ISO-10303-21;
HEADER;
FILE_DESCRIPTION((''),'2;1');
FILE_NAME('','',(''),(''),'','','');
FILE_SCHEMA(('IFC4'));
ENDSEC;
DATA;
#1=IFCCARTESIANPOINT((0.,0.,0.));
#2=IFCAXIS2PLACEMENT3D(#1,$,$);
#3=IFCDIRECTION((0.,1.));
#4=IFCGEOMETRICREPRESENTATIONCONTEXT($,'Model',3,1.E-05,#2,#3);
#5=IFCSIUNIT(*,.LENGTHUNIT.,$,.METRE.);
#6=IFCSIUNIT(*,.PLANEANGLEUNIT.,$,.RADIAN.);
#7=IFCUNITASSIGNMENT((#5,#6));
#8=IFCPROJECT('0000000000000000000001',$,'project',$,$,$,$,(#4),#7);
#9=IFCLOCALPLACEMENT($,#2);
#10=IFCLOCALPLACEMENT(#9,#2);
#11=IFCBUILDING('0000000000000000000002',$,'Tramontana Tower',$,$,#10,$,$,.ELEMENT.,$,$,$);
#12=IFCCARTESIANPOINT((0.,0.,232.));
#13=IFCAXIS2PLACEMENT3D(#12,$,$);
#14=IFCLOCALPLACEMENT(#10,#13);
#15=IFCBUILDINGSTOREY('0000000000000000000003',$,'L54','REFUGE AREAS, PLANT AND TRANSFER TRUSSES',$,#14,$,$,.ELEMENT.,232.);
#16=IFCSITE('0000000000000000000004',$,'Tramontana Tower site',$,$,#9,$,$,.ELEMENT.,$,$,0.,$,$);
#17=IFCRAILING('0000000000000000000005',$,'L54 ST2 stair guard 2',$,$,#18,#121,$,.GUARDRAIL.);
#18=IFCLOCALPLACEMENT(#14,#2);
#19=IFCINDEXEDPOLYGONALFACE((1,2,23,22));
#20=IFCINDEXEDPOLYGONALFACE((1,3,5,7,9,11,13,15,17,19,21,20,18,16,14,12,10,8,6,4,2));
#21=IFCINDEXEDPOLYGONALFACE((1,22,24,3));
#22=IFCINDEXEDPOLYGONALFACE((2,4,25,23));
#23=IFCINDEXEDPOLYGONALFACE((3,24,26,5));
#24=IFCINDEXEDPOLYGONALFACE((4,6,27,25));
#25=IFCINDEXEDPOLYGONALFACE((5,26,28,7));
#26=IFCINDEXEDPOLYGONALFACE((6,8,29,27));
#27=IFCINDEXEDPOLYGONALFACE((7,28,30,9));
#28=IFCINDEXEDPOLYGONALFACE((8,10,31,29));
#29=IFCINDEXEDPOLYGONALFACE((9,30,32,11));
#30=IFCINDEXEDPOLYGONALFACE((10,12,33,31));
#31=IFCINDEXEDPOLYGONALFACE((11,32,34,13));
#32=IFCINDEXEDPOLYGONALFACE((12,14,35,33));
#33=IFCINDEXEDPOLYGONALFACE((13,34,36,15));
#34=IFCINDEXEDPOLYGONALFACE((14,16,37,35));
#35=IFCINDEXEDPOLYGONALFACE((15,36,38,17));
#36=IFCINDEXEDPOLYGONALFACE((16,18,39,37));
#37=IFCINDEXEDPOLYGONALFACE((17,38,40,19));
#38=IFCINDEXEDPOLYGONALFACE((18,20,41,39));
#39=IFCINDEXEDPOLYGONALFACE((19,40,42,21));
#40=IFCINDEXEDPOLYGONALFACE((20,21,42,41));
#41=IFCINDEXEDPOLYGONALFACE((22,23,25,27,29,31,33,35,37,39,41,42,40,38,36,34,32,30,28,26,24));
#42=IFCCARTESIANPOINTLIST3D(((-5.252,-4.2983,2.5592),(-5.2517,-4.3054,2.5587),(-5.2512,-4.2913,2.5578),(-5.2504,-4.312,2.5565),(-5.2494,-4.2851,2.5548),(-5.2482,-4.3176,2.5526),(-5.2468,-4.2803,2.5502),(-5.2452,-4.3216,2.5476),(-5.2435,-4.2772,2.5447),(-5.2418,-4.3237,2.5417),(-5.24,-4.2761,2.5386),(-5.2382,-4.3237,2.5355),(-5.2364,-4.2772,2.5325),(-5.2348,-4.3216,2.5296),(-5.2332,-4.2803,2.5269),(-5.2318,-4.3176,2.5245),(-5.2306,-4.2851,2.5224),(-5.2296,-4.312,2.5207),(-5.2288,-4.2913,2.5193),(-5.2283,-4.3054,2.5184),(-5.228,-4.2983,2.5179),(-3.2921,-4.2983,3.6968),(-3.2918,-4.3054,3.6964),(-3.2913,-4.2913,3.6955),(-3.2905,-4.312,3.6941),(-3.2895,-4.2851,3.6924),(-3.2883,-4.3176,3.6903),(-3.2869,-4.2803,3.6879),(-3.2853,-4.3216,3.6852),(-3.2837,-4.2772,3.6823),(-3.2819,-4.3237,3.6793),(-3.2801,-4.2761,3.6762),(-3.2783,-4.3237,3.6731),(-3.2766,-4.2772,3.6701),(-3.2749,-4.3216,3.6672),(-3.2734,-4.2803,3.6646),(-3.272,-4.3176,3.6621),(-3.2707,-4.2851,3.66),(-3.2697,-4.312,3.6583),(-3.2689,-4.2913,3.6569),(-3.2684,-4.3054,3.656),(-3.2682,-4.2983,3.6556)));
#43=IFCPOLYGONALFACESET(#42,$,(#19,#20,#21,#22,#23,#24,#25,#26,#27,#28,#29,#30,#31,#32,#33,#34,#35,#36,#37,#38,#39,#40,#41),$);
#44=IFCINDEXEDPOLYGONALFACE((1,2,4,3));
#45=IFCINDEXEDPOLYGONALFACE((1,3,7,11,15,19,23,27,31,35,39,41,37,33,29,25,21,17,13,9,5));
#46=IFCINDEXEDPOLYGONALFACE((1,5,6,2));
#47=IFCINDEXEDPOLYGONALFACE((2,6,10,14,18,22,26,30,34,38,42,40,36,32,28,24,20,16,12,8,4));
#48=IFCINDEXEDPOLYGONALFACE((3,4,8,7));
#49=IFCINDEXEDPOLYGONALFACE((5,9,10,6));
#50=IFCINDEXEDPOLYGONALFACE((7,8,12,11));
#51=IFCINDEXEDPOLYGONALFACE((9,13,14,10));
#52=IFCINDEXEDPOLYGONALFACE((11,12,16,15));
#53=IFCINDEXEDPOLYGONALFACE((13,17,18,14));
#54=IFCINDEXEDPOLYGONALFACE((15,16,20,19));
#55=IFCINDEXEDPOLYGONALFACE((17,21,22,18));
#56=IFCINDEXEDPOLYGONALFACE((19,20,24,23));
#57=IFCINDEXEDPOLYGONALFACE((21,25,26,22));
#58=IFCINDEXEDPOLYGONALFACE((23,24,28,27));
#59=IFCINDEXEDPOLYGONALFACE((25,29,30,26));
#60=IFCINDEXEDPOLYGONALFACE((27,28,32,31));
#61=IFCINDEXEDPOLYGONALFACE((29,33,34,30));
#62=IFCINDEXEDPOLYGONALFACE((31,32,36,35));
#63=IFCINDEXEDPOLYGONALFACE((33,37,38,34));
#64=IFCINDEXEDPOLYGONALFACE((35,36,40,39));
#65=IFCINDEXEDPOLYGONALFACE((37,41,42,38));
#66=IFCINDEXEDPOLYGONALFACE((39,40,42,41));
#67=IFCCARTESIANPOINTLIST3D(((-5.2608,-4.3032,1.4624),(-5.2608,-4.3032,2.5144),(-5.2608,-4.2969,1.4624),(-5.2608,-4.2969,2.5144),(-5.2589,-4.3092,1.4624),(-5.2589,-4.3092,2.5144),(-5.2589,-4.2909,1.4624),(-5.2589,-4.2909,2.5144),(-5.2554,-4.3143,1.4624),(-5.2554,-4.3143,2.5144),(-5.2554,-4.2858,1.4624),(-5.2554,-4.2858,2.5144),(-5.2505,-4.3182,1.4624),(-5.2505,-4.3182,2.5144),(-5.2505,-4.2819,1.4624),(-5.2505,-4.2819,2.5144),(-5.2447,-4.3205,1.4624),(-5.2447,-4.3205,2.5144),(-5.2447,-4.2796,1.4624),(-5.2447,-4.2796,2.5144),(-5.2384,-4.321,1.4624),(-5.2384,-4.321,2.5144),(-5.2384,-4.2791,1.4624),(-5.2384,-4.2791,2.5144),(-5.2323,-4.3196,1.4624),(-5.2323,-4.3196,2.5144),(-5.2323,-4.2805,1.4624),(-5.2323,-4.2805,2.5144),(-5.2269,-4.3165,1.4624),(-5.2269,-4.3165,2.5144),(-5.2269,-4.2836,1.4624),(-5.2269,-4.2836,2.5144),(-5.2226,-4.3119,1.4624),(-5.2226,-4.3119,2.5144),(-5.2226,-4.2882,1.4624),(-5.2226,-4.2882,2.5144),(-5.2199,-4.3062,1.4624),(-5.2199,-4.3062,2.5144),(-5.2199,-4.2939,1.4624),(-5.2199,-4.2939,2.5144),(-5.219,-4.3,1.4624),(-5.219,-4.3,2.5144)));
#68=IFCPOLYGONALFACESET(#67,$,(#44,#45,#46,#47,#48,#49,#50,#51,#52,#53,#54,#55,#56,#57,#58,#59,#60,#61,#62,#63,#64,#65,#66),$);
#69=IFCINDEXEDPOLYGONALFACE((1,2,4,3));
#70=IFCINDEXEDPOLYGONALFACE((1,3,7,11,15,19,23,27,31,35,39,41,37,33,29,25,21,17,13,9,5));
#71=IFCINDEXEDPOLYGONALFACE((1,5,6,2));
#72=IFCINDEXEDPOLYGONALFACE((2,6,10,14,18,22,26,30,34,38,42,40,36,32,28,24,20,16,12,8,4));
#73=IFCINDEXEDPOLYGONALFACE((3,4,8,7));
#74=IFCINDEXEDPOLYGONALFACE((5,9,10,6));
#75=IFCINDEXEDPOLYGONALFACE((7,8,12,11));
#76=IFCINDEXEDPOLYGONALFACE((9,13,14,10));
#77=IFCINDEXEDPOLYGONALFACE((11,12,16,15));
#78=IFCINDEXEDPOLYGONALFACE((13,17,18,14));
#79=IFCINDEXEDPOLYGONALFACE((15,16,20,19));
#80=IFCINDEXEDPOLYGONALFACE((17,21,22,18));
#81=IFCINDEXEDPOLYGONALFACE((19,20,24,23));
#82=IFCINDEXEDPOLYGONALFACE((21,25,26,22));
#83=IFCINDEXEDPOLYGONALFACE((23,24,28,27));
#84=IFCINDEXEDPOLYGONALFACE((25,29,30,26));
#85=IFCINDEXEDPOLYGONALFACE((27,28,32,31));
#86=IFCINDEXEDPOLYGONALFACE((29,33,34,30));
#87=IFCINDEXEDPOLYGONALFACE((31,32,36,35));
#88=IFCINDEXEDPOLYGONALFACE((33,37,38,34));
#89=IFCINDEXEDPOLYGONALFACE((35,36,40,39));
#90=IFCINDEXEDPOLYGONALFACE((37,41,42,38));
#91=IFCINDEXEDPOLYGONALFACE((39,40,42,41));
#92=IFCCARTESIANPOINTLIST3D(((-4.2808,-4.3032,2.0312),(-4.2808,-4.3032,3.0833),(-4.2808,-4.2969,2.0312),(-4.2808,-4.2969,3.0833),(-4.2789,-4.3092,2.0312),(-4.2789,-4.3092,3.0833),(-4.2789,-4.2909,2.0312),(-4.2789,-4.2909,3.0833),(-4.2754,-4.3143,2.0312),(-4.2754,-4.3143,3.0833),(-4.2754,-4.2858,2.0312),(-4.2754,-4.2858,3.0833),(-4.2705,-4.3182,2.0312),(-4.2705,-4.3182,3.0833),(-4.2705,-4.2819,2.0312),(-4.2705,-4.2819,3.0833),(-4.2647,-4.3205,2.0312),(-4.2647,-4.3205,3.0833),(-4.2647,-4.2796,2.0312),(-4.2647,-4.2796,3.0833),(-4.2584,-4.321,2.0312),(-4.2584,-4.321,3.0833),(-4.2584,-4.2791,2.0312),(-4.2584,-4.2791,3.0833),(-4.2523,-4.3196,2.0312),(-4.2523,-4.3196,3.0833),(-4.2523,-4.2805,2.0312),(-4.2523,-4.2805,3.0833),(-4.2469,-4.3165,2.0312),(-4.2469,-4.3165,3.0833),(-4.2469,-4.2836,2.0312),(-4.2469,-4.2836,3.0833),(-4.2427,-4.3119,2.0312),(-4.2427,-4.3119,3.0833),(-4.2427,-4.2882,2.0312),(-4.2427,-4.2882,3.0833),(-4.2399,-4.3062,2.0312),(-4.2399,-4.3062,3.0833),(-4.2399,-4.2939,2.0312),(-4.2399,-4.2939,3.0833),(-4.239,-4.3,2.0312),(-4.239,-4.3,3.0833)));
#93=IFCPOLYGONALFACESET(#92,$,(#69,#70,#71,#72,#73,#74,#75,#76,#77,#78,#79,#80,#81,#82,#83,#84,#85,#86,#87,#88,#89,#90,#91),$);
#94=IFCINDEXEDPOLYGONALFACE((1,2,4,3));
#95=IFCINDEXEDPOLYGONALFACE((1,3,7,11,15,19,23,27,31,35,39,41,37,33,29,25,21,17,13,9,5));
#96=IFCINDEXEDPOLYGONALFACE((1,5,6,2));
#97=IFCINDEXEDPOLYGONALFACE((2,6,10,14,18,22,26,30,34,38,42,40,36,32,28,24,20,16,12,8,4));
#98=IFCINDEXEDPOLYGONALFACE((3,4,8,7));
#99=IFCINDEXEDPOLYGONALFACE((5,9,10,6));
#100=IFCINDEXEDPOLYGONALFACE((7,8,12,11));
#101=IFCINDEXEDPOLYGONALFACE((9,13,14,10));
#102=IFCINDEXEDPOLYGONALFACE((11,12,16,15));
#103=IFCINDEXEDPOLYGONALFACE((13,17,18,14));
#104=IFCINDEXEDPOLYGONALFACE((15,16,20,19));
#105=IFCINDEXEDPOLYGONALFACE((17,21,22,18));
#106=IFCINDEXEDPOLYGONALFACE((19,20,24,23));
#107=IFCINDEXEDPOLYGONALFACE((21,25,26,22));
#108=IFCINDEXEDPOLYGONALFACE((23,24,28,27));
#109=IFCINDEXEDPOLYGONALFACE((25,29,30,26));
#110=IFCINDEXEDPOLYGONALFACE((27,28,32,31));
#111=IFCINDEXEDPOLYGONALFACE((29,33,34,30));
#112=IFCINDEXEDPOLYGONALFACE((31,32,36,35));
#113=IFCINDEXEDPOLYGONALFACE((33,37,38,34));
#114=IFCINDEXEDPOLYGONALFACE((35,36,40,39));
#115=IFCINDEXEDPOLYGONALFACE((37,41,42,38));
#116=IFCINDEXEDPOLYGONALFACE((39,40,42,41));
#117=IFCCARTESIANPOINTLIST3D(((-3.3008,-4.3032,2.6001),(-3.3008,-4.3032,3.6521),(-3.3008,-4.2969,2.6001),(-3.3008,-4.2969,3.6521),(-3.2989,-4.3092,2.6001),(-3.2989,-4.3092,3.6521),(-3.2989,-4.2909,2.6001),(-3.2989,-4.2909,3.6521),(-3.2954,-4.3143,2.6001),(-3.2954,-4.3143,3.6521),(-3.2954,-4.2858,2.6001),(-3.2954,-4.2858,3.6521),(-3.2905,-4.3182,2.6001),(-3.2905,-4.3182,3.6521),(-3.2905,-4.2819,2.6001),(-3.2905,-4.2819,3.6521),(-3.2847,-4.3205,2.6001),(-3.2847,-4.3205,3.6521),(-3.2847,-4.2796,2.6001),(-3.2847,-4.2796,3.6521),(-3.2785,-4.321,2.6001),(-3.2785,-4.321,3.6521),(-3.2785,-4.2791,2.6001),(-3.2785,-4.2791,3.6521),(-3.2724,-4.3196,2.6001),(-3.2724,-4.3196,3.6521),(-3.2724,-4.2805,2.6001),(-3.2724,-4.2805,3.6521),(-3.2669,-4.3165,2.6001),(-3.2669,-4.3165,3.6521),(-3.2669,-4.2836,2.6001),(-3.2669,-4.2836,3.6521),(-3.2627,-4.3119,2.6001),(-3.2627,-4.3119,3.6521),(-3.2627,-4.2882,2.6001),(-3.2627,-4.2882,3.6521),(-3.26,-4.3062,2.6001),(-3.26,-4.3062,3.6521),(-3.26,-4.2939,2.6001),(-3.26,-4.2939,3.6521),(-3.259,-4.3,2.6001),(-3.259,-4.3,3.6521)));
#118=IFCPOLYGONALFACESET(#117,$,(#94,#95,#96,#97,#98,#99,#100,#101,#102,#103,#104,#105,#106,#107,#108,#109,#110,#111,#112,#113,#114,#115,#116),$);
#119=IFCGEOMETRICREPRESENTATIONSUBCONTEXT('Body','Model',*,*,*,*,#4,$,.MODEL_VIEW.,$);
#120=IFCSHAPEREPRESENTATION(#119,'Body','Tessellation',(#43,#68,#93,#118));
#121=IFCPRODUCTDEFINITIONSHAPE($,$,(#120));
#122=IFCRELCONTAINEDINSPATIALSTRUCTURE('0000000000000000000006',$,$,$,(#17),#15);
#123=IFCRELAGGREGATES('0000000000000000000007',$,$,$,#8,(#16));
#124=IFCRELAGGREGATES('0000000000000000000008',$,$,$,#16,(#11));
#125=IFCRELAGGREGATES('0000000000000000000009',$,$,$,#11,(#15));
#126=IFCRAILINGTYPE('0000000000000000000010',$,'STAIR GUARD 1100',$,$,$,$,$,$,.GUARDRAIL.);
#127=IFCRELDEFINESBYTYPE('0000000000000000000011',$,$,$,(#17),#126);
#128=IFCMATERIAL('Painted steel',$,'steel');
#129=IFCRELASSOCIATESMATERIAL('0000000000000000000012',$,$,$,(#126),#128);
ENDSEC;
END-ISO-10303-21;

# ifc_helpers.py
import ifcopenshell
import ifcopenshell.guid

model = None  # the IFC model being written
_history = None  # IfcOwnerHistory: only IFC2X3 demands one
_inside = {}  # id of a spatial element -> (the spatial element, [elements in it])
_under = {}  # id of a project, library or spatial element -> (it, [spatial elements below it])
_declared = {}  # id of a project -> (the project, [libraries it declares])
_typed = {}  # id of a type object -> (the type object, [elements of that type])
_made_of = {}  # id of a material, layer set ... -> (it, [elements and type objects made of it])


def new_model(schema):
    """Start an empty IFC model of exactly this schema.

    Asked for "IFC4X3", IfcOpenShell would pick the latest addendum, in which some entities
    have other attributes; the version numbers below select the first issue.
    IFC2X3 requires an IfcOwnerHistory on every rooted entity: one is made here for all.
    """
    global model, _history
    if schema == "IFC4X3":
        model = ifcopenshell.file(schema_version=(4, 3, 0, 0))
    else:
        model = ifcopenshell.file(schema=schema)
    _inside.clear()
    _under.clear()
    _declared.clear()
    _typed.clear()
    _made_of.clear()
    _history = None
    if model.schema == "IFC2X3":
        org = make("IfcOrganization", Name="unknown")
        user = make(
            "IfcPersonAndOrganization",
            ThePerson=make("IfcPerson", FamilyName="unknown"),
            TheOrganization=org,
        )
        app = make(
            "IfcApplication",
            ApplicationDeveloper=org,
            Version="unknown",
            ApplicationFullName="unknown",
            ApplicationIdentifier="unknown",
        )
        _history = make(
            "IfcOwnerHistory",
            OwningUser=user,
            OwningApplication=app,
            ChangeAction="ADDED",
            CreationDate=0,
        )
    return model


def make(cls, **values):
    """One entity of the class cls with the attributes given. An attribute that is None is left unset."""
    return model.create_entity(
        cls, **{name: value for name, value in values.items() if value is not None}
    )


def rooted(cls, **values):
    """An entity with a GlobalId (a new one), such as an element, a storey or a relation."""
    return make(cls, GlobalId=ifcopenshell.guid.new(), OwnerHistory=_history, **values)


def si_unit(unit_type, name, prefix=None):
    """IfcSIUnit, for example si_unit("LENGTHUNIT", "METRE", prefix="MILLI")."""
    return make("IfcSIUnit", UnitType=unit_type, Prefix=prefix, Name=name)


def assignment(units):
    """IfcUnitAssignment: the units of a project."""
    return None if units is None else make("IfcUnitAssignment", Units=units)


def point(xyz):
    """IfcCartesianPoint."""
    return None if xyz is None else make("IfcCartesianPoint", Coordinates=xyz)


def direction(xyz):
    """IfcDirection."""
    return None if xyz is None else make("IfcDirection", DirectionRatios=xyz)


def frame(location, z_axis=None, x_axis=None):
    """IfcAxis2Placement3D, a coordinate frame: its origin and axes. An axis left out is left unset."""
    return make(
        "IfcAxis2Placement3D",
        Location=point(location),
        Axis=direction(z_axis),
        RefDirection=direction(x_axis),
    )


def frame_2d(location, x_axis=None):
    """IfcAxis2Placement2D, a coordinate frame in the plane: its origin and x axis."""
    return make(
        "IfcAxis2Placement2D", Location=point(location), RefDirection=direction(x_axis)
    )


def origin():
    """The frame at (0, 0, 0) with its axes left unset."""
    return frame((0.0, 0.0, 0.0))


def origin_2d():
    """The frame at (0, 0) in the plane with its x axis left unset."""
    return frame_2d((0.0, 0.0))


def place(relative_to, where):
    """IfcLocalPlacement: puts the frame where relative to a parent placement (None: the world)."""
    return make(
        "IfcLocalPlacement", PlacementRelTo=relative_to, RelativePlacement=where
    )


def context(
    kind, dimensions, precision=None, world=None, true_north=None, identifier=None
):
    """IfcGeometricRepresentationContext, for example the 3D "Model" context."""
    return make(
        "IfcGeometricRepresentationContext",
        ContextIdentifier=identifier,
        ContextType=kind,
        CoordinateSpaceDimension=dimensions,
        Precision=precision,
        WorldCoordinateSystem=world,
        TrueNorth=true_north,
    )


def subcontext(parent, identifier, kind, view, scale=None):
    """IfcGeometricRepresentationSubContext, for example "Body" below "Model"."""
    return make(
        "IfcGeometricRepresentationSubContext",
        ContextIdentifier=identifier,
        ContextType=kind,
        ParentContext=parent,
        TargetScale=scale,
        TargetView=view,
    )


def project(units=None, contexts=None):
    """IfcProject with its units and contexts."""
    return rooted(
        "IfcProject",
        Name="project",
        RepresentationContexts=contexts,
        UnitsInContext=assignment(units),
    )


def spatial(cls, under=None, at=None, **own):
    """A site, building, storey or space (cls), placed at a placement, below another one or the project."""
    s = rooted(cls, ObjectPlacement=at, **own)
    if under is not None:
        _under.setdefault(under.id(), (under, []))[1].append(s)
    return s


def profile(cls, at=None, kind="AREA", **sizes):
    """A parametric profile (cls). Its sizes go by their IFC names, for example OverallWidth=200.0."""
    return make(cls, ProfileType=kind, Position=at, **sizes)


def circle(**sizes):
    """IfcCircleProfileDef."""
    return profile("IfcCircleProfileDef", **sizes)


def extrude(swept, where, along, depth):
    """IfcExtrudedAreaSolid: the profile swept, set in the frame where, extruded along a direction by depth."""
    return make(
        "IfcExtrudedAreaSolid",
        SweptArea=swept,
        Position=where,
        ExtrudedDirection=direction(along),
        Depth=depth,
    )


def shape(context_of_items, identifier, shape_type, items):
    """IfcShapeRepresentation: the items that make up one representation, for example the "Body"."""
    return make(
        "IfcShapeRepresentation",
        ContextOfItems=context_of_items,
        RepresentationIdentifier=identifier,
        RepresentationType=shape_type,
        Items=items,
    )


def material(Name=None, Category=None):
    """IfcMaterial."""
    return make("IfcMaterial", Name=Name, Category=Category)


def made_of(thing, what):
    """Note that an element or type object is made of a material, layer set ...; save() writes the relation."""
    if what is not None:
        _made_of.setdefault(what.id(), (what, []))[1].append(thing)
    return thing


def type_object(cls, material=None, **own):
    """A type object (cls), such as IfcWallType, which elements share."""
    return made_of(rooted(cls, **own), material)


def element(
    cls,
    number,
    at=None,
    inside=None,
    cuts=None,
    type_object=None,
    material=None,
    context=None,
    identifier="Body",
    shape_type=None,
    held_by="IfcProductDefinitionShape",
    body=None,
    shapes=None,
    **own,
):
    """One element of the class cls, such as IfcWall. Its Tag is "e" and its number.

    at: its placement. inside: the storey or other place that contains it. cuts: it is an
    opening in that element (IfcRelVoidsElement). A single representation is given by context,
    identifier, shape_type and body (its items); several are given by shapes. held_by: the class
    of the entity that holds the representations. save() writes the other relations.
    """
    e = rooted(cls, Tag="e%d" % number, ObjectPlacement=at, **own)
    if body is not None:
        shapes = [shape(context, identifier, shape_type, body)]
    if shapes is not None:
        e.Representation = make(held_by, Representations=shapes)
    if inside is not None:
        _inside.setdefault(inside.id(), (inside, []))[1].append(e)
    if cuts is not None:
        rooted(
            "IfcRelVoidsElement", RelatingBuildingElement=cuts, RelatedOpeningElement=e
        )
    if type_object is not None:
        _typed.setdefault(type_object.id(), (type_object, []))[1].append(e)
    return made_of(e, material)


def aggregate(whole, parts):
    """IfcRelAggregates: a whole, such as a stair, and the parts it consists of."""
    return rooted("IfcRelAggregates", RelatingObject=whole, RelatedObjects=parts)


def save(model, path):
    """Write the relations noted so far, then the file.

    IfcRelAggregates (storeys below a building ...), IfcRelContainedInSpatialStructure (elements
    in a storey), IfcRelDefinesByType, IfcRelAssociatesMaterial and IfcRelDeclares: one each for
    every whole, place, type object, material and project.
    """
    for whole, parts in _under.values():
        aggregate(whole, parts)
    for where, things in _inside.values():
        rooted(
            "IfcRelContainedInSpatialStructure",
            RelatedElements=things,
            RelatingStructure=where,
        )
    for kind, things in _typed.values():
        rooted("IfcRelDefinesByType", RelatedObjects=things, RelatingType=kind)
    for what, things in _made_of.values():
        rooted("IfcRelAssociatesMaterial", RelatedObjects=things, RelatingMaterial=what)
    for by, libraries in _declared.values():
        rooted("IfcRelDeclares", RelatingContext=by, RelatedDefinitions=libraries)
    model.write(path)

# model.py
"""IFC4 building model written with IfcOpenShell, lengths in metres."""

from ifc_helpers import new_model, si_unit, direction, frame, origin, origin_2d, place, context, subcontext, project, spatial, circle, extrude, material, type_object, element, save


model = new_model("IFC4")

# Units and contexts
model_context = context("Model", 3, precision=1e-05, world=origin(), true_north=direction((0.0, 1.0)))
body_context = subcontext(model_context, "Body", "Model", "MODEL_VIEW")
ifc_project = project(units=[si_unit("LENGTHUNIT", "METRE"), si_unit("PLANEANGLEUNIT", "RADIAN")], contexts=[model_context])

# Site, building, storey
site_placement = place(None, origin())
site = spatial("IfcSite", under=ifc_project, at=site_placement, Name="Tramontana Tower site", CompositionType="ELEMENT", RefElevation=0.0)
building_placement = place(site_placement, origin())
building = spatial("IfcBuilding", under=site, at=building_placement, Name="Tramontana Tower", CompositionType="ELEMENT")
storey_placement = place(building_placement, frame((0.0, 0.0, 232.0)))
storey = spatial("IfcBuildingStorey", under=building, at=storey_placement, Name="L54", Description="REFUGE AREAS, PLANT AND TRANSFER TRUSSES", CompositionType="ELEMENT", Elevation=232.0)

# Railing
ifc_material_1 = material(Name="Painted steel", Category="steel")
railing_type_1 = type_object("IfcRailingType", Name="STAIR GUARD 1100", PredefinedType="GUARDRAIL", material=ifc_material_1)
railing_1_placement = place(storey_placement, frame((-5.24, -4.3, 1.4624)))
element("IfcRailing", 1, at=railing_1_placement, inside=storey, type_object=railing_type_1, Name="L54 ST2 stair guard 2", PredefinedType="GUARDRAIL", context=body_context, shape_type="SweptSolid", body=[
    extrude(circle(Radius=0.0239, at=origin_2d()), frame((0.0, 0.0, 1.0762), z_axis=(0.864855, 0.0, 0.502021), x_axis=(0.0, 1.0, 0.0)), (0.0, 0.0, 1.0), 2.2661),
    extrude(circle(Radius=0.021, at=origin_2d()), origin(), (0.0, 0.0, 1.0), 1.052),
    extrude(circle(Radius=0.021, at=origin_2d()), frame((0.98, 0.0, 0.5688)), (0.0, 0.0, 1.0), 1.052),
    extrude(circle(Radius=0.021, at=origin_2d()), frame((1.96, 0.0, 1.1377)), (0.0, 0.0, 1.0), 1.052),
])

save(model, "model.ifc")
